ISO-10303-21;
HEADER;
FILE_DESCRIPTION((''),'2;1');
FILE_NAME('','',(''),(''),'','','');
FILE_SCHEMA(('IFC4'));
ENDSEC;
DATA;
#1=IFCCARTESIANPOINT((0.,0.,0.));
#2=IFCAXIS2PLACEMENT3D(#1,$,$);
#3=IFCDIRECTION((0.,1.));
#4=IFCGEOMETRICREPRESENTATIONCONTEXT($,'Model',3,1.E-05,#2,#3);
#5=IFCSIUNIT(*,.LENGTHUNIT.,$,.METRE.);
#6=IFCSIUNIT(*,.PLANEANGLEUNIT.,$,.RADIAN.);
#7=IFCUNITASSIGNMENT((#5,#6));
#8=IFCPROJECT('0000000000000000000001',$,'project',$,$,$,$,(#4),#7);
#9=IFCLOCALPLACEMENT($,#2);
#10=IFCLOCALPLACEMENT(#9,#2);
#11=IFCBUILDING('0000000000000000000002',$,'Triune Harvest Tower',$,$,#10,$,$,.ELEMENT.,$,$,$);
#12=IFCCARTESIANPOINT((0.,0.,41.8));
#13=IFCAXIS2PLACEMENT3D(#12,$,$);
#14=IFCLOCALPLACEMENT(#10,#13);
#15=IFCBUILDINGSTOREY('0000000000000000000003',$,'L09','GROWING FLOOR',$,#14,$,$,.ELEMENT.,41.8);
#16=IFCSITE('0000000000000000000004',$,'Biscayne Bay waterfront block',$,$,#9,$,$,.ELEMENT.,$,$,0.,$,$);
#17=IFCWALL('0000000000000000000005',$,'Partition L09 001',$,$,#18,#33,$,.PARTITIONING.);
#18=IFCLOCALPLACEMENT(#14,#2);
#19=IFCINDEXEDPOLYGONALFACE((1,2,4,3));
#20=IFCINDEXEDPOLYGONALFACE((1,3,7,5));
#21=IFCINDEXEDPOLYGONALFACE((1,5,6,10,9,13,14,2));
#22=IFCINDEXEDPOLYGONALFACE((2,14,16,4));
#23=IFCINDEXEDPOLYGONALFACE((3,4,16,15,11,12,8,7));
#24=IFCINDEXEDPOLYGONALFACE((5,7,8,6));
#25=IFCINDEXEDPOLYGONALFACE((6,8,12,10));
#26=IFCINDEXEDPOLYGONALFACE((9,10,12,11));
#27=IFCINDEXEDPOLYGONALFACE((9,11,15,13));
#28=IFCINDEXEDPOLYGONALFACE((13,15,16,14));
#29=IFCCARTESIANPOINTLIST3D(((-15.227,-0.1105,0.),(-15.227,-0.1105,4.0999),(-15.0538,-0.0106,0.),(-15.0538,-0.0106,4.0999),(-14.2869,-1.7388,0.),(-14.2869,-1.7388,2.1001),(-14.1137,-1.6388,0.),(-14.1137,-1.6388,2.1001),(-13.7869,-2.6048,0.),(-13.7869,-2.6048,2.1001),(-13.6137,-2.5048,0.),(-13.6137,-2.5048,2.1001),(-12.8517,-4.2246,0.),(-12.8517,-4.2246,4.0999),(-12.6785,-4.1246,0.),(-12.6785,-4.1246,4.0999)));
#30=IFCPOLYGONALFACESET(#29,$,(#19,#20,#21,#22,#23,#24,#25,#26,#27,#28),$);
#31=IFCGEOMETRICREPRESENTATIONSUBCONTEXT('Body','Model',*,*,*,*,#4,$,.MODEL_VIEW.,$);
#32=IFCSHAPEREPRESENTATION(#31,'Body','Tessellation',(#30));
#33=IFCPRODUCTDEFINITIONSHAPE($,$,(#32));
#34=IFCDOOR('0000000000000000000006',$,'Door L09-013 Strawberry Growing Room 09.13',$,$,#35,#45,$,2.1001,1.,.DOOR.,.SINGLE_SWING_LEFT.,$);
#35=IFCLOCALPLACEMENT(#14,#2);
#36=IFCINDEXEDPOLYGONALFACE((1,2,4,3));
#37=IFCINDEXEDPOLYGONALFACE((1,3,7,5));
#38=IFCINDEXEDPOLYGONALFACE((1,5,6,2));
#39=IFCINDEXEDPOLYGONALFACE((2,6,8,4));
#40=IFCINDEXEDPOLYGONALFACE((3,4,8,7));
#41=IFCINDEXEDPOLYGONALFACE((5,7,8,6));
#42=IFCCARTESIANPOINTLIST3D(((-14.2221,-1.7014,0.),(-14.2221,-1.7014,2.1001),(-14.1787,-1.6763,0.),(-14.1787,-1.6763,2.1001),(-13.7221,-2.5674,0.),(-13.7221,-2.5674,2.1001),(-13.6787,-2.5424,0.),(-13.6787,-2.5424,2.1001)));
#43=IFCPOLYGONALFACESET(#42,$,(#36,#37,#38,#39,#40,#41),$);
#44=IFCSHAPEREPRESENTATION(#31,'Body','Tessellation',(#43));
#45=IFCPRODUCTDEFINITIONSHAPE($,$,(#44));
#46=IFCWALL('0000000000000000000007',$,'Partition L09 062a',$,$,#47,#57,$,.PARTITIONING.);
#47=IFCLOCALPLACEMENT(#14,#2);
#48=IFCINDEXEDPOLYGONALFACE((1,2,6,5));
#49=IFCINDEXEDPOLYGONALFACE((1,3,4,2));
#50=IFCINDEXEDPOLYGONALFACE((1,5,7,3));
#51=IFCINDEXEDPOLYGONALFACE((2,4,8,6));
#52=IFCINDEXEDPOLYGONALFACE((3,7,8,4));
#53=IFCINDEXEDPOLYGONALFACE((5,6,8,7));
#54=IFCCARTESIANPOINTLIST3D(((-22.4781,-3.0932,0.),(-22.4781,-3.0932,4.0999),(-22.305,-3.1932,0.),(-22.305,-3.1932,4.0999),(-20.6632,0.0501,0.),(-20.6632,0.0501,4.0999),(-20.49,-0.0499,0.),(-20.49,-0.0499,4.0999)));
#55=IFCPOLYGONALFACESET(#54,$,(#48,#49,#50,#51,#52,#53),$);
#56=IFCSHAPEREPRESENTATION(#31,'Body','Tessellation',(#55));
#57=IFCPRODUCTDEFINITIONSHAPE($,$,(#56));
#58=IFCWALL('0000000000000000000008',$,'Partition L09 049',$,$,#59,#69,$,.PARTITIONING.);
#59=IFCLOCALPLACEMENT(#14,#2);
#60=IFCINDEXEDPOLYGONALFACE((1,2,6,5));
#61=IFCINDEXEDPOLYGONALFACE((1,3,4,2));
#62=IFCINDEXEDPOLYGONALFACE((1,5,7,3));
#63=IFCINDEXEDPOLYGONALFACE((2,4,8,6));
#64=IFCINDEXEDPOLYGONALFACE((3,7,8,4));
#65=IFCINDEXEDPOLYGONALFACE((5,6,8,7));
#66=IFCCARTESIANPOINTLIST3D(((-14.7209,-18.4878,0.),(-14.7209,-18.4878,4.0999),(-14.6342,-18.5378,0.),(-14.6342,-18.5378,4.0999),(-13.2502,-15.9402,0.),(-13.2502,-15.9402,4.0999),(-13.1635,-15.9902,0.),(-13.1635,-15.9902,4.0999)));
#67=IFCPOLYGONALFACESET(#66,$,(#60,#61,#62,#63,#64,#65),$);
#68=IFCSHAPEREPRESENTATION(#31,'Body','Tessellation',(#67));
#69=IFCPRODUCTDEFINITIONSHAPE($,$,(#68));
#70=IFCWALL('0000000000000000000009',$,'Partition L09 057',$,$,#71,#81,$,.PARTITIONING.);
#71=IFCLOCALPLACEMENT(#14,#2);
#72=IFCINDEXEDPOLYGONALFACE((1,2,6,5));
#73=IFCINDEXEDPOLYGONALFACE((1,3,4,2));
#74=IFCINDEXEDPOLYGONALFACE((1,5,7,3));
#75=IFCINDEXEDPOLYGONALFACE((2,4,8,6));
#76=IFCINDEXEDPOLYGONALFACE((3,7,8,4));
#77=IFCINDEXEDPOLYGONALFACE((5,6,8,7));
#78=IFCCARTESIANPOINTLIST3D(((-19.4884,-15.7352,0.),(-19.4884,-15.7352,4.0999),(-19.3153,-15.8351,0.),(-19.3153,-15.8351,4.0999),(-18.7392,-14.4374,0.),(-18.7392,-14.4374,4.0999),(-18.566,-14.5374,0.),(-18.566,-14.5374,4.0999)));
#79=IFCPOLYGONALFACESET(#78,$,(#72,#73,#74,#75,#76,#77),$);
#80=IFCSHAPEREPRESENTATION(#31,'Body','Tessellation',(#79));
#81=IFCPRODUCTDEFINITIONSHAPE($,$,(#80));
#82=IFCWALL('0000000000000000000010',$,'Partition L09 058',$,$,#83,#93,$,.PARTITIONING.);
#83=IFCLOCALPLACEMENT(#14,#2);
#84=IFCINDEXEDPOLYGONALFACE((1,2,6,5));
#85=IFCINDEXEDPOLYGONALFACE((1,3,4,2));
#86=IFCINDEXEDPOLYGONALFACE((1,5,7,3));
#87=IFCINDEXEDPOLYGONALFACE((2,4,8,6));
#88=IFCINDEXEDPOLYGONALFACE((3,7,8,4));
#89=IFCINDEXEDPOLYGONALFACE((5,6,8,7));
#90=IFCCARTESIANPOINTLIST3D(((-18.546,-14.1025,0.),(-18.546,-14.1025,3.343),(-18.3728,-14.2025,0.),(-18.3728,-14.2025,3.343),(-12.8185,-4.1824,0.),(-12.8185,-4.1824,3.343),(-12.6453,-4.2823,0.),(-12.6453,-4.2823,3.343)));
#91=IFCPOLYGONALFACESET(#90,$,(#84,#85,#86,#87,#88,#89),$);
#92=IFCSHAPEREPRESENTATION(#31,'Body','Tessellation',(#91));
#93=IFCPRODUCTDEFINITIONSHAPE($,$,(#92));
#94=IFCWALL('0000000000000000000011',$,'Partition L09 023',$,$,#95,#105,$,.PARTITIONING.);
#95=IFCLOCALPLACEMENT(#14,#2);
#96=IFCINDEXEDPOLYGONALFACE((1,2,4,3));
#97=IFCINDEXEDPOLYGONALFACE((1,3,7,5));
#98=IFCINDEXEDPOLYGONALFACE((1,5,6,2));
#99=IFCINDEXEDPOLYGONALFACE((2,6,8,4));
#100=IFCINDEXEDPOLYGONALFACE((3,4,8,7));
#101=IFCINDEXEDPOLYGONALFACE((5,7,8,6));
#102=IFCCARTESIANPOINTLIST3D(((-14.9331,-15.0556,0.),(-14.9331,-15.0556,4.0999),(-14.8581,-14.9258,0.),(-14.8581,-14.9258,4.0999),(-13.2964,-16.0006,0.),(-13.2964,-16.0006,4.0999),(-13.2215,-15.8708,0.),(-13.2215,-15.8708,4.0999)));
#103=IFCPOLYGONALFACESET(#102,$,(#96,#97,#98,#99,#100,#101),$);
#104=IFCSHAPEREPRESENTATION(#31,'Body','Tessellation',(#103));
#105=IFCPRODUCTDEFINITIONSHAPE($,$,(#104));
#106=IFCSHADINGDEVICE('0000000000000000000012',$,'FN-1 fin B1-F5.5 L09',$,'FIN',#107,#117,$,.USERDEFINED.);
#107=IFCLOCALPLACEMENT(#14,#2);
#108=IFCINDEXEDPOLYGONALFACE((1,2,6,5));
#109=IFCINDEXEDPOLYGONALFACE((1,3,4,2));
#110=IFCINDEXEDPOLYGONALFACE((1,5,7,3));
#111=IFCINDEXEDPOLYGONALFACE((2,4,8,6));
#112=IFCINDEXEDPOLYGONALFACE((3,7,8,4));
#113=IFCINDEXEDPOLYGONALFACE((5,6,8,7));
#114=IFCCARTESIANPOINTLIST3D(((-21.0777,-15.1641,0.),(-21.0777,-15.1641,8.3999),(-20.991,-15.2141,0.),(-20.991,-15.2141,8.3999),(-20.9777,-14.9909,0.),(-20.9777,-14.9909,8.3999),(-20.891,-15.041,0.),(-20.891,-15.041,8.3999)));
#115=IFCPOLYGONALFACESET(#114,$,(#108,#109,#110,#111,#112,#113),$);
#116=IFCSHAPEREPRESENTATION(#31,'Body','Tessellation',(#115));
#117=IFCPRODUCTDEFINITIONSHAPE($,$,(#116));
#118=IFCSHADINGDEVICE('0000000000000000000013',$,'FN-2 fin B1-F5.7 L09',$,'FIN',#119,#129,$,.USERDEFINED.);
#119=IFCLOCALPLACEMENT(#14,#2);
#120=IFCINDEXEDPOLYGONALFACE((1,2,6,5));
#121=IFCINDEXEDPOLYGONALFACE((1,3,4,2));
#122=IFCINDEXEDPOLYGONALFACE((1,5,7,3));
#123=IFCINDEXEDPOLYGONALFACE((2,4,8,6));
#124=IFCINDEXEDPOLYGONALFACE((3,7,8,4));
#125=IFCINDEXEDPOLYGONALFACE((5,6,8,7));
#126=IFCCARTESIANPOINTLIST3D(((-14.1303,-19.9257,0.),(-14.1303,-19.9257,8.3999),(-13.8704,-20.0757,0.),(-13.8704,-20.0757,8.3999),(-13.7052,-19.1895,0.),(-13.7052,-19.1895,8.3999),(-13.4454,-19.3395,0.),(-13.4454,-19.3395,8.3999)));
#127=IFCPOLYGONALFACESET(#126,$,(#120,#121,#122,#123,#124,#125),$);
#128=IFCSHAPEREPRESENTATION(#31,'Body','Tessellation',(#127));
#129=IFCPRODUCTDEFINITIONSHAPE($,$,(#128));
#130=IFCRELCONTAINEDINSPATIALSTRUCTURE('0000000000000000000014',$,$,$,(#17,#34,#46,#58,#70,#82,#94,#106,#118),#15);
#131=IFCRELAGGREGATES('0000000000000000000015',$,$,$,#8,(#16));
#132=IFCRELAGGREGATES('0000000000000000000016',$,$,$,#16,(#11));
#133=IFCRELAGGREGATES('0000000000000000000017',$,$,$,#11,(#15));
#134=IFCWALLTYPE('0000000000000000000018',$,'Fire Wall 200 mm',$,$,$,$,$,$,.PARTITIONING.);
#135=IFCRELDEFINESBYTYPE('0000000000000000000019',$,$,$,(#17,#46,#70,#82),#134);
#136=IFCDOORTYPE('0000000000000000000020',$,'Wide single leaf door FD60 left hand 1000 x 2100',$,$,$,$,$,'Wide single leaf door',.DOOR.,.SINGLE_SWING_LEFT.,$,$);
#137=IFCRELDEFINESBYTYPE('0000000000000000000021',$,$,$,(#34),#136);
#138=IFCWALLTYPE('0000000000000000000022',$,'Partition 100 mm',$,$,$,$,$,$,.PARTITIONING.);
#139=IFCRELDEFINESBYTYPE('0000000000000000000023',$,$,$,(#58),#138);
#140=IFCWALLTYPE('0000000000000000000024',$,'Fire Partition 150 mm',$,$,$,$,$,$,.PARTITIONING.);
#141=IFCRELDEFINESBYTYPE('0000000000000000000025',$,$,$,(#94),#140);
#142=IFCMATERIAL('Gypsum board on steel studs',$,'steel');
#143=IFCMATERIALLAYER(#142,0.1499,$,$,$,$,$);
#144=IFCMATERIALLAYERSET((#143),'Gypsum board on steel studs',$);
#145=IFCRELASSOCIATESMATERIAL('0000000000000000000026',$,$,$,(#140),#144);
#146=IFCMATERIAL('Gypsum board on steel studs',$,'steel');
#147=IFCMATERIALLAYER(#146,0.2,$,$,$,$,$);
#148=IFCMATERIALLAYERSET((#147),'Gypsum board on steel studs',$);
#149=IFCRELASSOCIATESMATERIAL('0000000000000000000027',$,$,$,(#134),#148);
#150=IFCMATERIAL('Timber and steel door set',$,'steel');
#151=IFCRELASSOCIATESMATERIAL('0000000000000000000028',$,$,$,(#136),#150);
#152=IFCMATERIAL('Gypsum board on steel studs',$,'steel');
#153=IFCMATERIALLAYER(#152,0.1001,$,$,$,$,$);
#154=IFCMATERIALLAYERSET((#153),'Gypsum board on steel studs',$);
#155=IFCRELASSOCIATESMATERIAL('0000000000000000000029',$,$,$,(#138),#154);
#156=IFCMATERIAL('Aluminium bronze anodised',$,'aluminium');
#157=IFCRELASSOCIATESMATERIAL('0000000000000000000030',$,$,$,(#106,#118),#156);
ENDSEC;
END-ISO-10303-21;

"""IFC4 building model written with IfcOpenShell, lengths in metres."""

from ifc_helpers import new_model, si_unit, direction, frame, frame_2d, origin, origin_2d, place, context, subcontext, project, spatial, rectangle, extrude, source, transform, mapped, material, layer, layer_set, type_object, element, fill, save


model = new_model("IFC4")

# Units and contexts
model_context = context("Model", 3, precision=1e-05, world=origin(), true_north=direction((0.0, 1.0)))
body_context = subcontext(model_context, "Body", "Model", "MODEL_VIEW")
ifc_project = project(units=[si_unit("LENGTHUNIT", "METRE"), si_unit("PLANEANGLEUNIT", "RADIAN")], contexts=[model_context])

# Site, building, storey
site_placement = place(None, origin())
site = spatial("IfcSite", under=ifc_project, at=site_placement, Name="Biscayne Bay waterfront block", CompositionType="ELEMENT", RefElevation=0.0)
building_placement = place(site_placement, origin())
building = spatial("IfcBuilding", under=site, at=building_placement, Name="Triune Harvest Tower", CompositionType="ELEMENT")
storey_placement = place(building_placement, frame((0.0, 0.0, 41.8)))
storey = spatial("IfcBuildingStorey", under=building, at=storey_placement, Name="L09", Description="GROWING FLOOR", CompositionType="ELEMENT", Elevation=41.8)

# Wall, opening, door
ifc_material_1 = material(Name="Gypsum board on steel studs", Category="steel")
ifc_layer_1 = layer(ifc_material_1, 0.1499)
ifc_layer_set_1 = layer_set([ifc_layer_1], Name="Gypsum board on steel studs")
wall_type_1 = type_object("IfcWallType", Name="Fire Partition 150 mm", PredefinedType="PARTITIONING", material=ifc_layer_set_1)
ifc_material_2 = material(Name="Gypsum board on steel studs", Category="steel")
ifc_layer_2 = layer(ifc_material_2, 0.2)
ifc_layer_set_2 = layer_set([ifc_layer_2], Name="Gypsum board on steel studs")
wall_type_2 = type_object("IfcWallType", Name="Fire Wall 200 mm", PredefinedType="PARTITIONING", material=ifc_layer_set_2)
wall_1_placement = place(storey_placement, frame((-15.1404, -0.0605, 0.0), z_axis=(0.0, 0.0, 1.0), x_axis=(0.500003, -0.866024, 0.0)))
wall_1 = element("IfcWall", 1, at=wall_1_placement, inside=storey, type_object=wall_type_2, Name="Partition L09 001", PredefinedType="PARTITIONING", context=body_context, shape_type="SweptSolid", body=[
    extrude(rectangle(XDim=4.7505, YDim=0.2, at=frame_2d((2.3752, 0.0))), origin(), (0.0, 0.0, 1.0), 4.0999),
])
opening_1_placement = place(wall_1_placement, frame((1.8801, 0.0, 0.0)))
opening_1 = element("IfcOpeningElement", 2, at=opening_1_placement, cuts=wall_1, PredefinedType="OPENING", context=body_context, shape_type="SweptSolid", body=[
    extrude(rectangle(XDim=1.0, YDim=2.1001, at=frame_2d((0.5, 1.05))), frame((0.0, 0.1099, 0.0), z_axis=(0.0, -1.0, 0.0), x_axis=(1.0, 0.0, 0.0)), (0.0, 0.0, 1.0), 0.22),
])
ifc_material_3 = material(Name="Timber and steel door set", Category="steel")
door_type_1 = type_object("IfcDoorType", Name="Wide single leaf door FD60 left hand 1000 x 2100", ElementType="Wide single leaf door", OperationType="SINGLE_SWING_LEFT", PredefinedType="DOOR", material=ifc_material_3)
door_1_placement = place(opening_1_placement, origin())
door_1 = element("IfcDoor", 3, at=door_1_placement, inside=storey, type_object=door_type_1, Name="Door L09-013 Strawberry Growing Room 09.13", OperationType="SINGLE_SWING_LEFT", OverallHeight=2.1001, OverallWidth=1.0, PredefinedType="DOOR", context=body_context, shape_type="SweptSolid", body=[
    extrude(rectangle(XDim=1.0, YDim=2.1001, at=frame_2d((0.5, 1.05))), frame((0.0, 0.0249, 0.0), z_axis=(0.0, -1.0, 0.0), x_axis=(1.0, 0.0, 0.0)), (0.0, 0.0, 1.0), 0.05),
])
fill(opening_1, door_1)

# Walls
wall_2_placement = place(storey_placement, frame((-22.3916, -3.1433, 0.0), z_axis=(0.0, 0.0, 1.0), x_axis=(0.500031, 0.866007, 0.0)))
element("IfcWall", 4, at=wall_2_placement, inside=storey, type_object=wall_type_2, Name="Partition L09 062a", PredefinedType="PARTITIONING", context=body_context, shape_type="SweptSolid", body=[
    extrude(rectangle(XDim=3.6296, YDim=0.2, at=frame_2d((1.8149, 0.0))), origin(), (0.0, 0.0, 1.0), 4.0999),
])
ifc_material_4 = material(Name="Gypsum board on steel studs", Category="steel")
ifc_layer_3 = layer(ifc_material_4, 0.1001)
ifc_layer_set_3 = layer_set([ifc_layer_3], Name="Gypsum board on steel studs")
wall_type_3 = type_object("IfcWallType", Name="Partition 100 mm", PredefinedType="PARTITIONING", material=ifc_layer_set_3)
wall_3_placement = place(storey_placement, frame((-14.6775, -18.5127, 0.0), z_axis=(0.0, 0.0, 1.0), x_axis=(0.49996, 0.866049, 0.0)))
element("IfcWall", 5, at=wall_3_placement, inside=storey, type_object=wall_type_3, Name="Partition L09 049", PredefinedType="PARTITIONING", context=body_context, shape_type="SweptSolid", body=[
    extrude(rectangle(XDim=2.9417, YDim=0.1001, at=frame_2d((1.4707, 0.0))), origin(), (0.0, 0.0, 1.0), 4.0999),
])
shared_shape_1 = source(origin(), body_context, "Body", "SweptSolid", [
    extrude(rectangle(XDim=1.4985, YDim=0.2, at=frame_2d((0.7493, 0.0))), origin(), (0.0, 0.0, 1.0), 4.0999),
])
wall_4_placement = place(storey_placement, frame((-19.4019, -15.7852, 0.0), z_axis=(0.0, 0.0, 1.0), x_axis=(0.499976, 0.866039, 0.0)))
element("IfcWall", 6, at=wall_4_placement, inside=storey, type_object=wall_type_2, Name="Partition L09 057", PredefinedType="PARTITIONING", context=body_context, shape_type="MappedRepresentation", body=[
    mapped(shared_shape_1, transform((0.0, 0.0, 0.0), scale=1.0)),
])
shared_shape_2 = source(origin(), body_context, "Body", "SweptSolid", [
    extrude(rectangle(XDim=11.4548, YDim=0.2, at=frame_2d((5.7275, 0.0))), origin(), (0.0, 0.0, 1.0), 3.343),
])
wall_5_placement = place(storey_placement, frame((-18.4595, -14.1526, 0.0), z_axis=(0.0, 0.0, 1.0), x_axis=(0.500008, 0.866021, 0.0)))
element("IfcWall", 7, at=wall_5_placement, inside=storey, type_object=wall_type_2, Name="Partition L09 058", PredefinedType="PARTITIONING", context=body_context, shape_type="MappedRepresentation", body=[
    mapped(shared_shape_2, transform((0.0, 0.0, 0.0), scale=1.0)),
])
shared_shape_3 = source(origin(), body_context, "Body", "SweptSolid", [
    extrude(rectangle(XDim=1.8899, YDim=0.1499, at=frame_2d((0.9448, 0.0))), origin(), (0.0, 0.0, 1.0), 4.0999),
])
wall_6_placement = place(storey_placement, frame((-14.8955, -14.9907, 0.0), z_axis=(0.0, 0.0, 1.0), x_axis=(0.866001, -0.500043, 0.0)))
element("IfcWall", 8, at=wall_6_placement, inside=storey, type_object=wall_type_1, Name="Partition L09 023", PredefinedType="PARTITIONING", context=body_context, shape_type="MappedRepresentation", body=[
    mapped(shared_shape_3, transform((0.0, 0.0, 0.0), scale=1.0)),
])

# Shading devices
ifc_material_5 = material(Name="Aluminium bronze anodised", Category="aluminium")
shared_shape_4 = source(origin(), body_context, "Body", "SweptSolid", [
    extrude(rectangle(XDim=0.1001, YDim=0.2, at=origin_2d()), origin(), (0.0, 0.0, 1.0), 8.3999),
])
shading_device_1_placement = place(storey_placement, frame((-20.9844, -15.1025, 0.0), z_axis=(0.0, 0.0, 1.0), x_axis=(0.866025, -0.5, 0.0)))
element("IfcShadingDevice", 9, at=shading_device_1_placement, inside=storey, material=ifc_material_5, Name="FN-1 fin B1-F5.5 L09", ObjectType="FIN", PredefinedType="USERDEFINED", context=body_context, shape_type="MappedRepresentation", body=[
    mapped(shared_shape_4, transform((0.0, 0.0, 0.0), scale=1.0)),
])
shared_shape_5 = source(origin(), body_context, "Body", "SweptSolid", [
    extrude(rectangle(XDim=0.3, YDim=0.8501, at=origin_2d()), origin(), (0.0, 0.0, 1.0), 8.3999),
])
shading_device_2_placement = place(storey_placement, frame((-13.7878, -19.6326, 0.0), z_axis=(0.0, 0.0, 1.0), x_axis=(0.866025, -0.5, 0.0)))
element("IfcShadingDevice", 10, at=shading_device_2_placement, inside=storey, material=ifc_material_5, Name="FN-2 fin B1-F5.7 L09", ObjectType="FIN", PredefinedType="USERDEFINED", context=body_context, shape_type="MappedRepresentation", body=[
    mapped(shared_shape_5, transform((0.0, 0.0, 0.0), scale=1.0)),
])

save(model, "model.ifc")
